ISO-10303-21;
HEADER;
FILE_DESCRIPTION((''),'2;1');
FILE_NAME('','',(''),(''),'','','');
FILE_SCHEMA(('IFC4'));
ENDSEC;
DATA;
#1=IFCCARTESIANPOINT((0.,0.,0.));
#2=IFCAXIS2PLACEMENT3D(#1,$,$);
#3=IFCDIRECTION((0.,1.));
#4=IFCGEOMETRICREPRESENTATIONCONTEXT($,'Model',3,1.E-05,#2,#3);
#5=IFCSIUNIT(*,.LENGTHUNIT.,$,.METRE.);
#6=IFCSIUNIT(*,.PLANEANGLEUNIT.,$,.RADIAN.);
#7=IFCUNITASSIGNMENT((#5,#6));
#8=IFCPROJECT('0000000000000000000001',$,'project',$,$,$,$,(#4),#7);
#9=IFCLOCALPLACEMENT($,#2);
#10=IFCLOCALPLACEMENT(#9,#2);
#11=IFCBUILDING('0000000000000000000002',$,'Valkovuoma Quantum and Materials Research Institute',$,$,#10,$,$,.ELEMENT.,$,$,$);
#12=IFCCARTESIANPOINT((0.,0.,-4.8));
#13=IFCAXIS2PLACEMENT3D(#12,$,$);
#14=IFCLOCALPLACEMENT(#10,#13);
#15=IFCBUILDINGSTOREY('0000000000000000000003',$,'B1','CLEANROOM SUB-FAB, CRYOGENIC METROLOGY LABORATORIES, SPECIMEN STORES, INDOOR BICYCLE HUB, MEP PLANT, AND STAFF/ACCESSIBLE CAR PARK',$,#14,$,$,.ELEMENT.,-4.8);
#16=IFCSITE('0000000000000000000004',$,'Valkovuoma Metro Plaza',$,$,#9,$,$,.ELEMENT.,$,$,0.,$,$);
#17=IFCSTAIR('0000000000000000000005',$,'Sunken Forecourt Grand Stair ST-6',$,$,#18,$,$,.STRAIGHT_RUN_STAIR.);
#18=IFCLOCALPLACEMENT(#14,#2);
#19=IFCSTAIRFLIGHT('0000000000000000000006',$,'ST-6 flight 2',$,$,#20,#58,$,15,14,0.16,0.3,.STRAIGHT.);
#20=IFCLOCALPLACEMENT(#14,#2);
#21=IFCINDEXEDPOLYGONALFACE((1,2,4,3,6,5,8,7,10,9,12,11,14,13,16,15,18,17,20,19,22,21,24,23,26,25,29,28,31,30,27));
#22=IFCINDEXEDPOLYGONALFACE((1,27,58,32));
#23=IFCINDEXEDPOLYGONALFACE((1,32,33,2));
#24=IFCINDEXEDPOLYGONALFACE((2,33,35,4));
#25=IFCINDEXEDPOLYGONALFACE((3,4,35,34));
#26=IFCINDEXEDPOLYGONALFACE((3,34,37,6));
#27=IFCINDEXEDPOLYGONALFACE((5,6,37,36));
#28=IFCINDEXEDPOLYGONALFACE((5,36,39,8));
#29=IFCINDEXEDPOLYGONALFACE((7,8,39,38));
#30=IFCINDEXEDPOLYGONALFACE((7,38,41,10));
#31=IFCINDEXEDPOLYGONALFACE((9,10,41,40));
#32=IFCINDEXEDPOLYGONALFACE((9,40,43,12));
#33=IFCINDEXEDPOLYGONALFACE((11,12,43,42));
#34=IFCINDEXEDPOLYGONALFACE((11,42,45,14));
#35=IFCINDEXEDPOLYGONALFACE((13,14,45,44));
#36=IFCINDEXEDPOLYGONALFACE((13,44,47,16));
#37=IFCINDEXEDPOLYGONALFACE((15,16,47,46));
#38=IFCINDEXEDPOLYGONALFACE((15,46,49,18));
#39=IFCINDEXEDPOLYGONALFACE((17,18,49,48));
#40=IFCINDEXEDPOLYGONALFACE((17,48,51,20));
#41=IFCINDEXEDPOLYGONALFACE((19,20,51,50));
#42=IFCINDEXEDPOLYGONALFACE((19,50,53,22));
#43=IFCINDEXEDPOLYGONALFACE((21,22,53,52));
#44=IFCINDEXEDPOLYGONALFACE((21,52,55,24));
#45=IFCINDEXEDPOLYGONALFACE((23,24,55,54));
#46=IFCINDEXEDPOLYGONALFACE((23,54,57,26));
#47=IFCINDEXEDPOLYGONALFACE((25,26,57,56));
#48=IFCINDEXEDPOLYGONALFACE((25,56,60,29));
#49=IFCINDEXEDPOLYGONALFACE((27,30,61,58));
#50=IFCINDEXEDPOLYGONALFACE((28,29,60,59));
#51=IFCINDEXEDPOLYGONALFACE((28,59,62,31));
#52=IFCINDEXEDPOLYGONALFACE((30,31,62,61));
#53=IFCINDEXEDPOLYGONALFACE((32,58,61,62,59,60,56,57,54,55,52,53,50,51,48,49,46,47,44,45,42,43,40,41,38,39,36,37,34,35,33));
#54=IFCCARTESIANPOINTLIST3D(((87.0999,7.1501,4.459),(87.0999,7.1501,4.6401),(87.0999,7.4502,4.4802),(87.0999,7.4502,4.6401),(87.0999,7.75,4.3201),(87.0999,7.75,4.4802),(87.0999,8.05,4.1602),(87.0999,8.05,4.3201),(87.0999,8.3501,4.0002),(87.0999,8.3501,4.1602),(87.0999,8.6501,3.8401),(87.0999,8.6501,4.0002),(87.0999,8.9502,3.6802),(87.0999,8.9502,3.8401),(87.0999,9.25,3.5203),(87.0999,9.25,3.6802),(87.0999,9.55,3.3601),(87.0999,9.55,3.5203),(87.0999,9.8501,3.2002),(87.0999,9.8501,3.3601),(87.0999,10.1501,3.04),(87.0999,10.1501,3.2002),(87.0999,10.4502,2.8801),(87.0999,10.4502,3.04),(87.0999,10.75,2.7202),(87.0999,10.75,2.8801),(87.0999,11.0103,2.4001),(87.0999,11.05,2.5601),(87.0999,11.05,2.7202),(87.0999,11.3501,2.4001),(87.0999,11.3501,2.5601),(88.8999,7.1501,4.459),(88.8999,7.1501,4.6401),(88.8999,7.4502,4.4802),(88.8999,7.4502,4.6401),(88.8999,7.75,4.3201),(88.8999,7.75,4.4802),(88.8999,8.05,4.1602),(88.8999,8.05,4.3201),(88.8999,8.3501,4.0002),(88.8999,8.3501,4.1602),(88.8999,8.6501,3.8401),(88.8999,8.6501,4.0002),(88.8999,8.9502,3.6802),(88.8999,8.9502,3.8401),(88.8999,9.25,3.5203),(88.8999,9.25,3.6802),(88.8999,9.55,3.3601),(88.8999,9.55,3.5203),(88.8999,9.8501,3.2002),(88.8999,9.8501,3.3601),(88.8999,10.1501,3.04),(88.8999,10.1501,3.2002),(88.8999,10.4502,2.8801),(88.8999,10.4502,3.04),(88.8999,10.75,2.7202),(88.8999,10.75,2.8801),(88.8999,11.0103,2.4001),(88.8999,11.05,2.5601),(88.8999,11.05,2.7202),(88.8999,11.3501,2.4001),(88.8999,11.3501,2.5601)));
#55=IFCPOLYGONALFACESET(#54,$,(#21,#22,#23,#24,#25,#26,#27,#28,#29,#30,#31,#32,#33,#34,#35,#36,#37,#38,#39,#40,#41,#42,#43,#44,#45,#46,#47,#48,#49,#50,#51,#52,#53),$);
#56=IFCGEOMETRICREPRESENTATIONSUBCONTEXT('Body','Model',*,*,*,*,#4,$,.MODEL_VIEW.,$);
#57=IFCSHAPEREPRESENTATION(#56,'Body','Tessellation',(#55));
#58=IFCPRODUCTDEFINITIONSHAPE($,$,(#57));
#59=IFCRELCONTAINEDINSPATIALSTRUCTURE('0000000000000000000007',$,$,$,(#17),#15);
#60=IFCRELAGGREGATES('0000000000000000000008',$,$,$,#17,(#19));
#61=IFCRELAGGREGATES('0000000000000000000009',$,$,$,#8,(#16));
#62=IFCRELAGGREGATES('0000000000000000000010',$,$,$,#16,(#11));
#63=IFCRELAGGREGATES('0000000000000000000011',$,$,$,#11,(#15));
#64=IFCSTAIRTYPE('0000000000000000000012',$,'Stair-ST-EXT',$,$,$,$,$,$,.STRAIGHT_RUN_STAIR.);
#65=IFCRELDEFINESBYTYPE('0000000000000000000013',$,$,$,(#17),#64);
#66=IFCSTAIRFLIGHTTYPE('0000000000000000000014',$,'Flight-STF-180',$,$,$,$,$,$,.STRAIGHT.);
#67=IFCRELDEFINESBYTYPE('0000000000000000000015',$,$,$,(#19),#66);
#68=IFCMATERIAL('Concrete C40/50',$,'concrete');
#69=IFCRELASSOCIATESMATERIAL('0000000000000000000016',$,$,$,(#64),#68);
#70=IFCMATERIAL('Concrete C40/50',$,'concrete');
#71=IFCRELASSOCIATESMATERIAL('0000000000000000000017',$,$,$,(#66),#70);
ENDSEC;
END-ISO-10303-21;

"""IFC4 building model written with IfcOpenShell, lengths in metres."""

from ifc_helpers import new_model, si_unit, direction, frame, origin, place, context, subcontext, project, spatial, polyline, outline, extrude, material, type_object, element, aggregate, save


model = new_model("IFC4")

# Units and contexts
model_context = context("Model", 3, precision=1e-05, world=origin(), true_north=direction((0.0, 1.0)))
body_context = subcontext(model_context, "Body", "Model", "MODEL_VIEW")
ifc_project = project(units=[si_unit("LENGTHUNIT", "METRE"), si_unit("PLANEANGLEUNIT", "RADIAN")], contexts=[model_context])

# Site, building, storey
site_placement = place(None, origin())
site = spatial("IfcSite", under=ifc_project, at=site_placement, Name="Valkovuoma Metro Plaza", CompositionType="ELEMENT", RefElevation=0.0)
building_placement = place(site_placement, origin())
building = spatial("IfcBuilding", under=site, at=building_placement, Name="Valkovuoma Quantum and Materials Research Institute", CompositionType="ELEMENT")
storey_placement = place(building_placement, frame((0.0, 0.0, -4.8)))
storey = spatial("IfcBuildingStorey", under=building, at=storey_placement, Name="B1", Description="CLEANROOM SUB-FAB, CRYOGENIC METROLOGY LABORATORIES, SPECIMEN STORES, INDOOR BICYCLE HUB, MEP PLANT, AND STAFF/ACCESSIBLE CAR PARK", CompositionType="ELEMENT", Elevation=-4.8)

# Stair, stair flight
ifc_material_1 = material(Name="Concrete C40/50", Category="concrete")
stair_type = type_object("IfcStairType", Name="Stair-ST-EXT", PredefinedType="STRAIGHT_RUN_STAIR", material=ifc_material_1)
stair_placement = place(storey_placement, origin())
stair = element("IfcStair", 1, at=stair_placement, inside=storey, type_object=stair_type, Name="Sunken Forecourt Grand Stair ST-6", PredefinedType="STRAIGHT_RUN_STAIR")
ifc_material_2 = material(Name="Concrete C40/50", Category="concrete")
stair_flight_type = type_object("IfcStairFlightType", Name="Flight-STF-180", PredefinedType="STRAIGHT", material=ifc_material_2)
stair_flight_1_placement = place(storey_placement, frame((88.0, 11.3501, 2.4001), z_axis=(0.0, 0.0, 1.0), x_axis=(0.0, -1.0, 0.0)))
stair_flight_1 = element("IfcStairFlight", 2, at=stair_flight_1_placement, type_object=stair_flight_type, Name="ST-6 flight 2", NumberOfRisers=15, NumberOfTreads=14, PredefinedType="STRAIGHT", RiserHeight=0.16, TreadLength=0.3, context=body_context, shape_type="SweptSolid", body=[
    extrude(outline(polyline([(0.0, 0.0), (0.0, 0.1599), (0.3, 0.1599), (0.3, 0.3201), (0.6001, 0.3201), (0.6001, 0.48), (0.8999, 0.48), (0.8999, 0.6399), (1.2, 0.6399), (1.2, 0.8), (1.5, 0.8), (1.5, 0.96), (1.8, 0.96), (1.8, 1.1201), (2.1001, 1.1201), (2.1001, 1.28), (2.3999, 1.28), (2.3999, 1.4399), (2.7, 1.4399), (2.7, 1.6001), (3.0, 1.6001), (3.0, 1.76), (3.3, 1.76), (3.3, 1.9199), (3.6001, 1.9199), (3.6001, 2.0801), (3.8999, 2.0801), (3.8999, 2.24), (4.2, 2.24), (4.2, 2.3999), (4.2, 2.0588), (0.3398, 0.0), (0.0, 0.0)])), frame((0.0, 0.8999, 0.0), z_axis=(0.0, -1.0, 0.0), x_axis=(1.0, 0.0, 0.0)), (0.0, 0.0, 1.0), 1.8),
])
aggregate(stair, [stair_flight_1])

save(model, "model.ifc")
